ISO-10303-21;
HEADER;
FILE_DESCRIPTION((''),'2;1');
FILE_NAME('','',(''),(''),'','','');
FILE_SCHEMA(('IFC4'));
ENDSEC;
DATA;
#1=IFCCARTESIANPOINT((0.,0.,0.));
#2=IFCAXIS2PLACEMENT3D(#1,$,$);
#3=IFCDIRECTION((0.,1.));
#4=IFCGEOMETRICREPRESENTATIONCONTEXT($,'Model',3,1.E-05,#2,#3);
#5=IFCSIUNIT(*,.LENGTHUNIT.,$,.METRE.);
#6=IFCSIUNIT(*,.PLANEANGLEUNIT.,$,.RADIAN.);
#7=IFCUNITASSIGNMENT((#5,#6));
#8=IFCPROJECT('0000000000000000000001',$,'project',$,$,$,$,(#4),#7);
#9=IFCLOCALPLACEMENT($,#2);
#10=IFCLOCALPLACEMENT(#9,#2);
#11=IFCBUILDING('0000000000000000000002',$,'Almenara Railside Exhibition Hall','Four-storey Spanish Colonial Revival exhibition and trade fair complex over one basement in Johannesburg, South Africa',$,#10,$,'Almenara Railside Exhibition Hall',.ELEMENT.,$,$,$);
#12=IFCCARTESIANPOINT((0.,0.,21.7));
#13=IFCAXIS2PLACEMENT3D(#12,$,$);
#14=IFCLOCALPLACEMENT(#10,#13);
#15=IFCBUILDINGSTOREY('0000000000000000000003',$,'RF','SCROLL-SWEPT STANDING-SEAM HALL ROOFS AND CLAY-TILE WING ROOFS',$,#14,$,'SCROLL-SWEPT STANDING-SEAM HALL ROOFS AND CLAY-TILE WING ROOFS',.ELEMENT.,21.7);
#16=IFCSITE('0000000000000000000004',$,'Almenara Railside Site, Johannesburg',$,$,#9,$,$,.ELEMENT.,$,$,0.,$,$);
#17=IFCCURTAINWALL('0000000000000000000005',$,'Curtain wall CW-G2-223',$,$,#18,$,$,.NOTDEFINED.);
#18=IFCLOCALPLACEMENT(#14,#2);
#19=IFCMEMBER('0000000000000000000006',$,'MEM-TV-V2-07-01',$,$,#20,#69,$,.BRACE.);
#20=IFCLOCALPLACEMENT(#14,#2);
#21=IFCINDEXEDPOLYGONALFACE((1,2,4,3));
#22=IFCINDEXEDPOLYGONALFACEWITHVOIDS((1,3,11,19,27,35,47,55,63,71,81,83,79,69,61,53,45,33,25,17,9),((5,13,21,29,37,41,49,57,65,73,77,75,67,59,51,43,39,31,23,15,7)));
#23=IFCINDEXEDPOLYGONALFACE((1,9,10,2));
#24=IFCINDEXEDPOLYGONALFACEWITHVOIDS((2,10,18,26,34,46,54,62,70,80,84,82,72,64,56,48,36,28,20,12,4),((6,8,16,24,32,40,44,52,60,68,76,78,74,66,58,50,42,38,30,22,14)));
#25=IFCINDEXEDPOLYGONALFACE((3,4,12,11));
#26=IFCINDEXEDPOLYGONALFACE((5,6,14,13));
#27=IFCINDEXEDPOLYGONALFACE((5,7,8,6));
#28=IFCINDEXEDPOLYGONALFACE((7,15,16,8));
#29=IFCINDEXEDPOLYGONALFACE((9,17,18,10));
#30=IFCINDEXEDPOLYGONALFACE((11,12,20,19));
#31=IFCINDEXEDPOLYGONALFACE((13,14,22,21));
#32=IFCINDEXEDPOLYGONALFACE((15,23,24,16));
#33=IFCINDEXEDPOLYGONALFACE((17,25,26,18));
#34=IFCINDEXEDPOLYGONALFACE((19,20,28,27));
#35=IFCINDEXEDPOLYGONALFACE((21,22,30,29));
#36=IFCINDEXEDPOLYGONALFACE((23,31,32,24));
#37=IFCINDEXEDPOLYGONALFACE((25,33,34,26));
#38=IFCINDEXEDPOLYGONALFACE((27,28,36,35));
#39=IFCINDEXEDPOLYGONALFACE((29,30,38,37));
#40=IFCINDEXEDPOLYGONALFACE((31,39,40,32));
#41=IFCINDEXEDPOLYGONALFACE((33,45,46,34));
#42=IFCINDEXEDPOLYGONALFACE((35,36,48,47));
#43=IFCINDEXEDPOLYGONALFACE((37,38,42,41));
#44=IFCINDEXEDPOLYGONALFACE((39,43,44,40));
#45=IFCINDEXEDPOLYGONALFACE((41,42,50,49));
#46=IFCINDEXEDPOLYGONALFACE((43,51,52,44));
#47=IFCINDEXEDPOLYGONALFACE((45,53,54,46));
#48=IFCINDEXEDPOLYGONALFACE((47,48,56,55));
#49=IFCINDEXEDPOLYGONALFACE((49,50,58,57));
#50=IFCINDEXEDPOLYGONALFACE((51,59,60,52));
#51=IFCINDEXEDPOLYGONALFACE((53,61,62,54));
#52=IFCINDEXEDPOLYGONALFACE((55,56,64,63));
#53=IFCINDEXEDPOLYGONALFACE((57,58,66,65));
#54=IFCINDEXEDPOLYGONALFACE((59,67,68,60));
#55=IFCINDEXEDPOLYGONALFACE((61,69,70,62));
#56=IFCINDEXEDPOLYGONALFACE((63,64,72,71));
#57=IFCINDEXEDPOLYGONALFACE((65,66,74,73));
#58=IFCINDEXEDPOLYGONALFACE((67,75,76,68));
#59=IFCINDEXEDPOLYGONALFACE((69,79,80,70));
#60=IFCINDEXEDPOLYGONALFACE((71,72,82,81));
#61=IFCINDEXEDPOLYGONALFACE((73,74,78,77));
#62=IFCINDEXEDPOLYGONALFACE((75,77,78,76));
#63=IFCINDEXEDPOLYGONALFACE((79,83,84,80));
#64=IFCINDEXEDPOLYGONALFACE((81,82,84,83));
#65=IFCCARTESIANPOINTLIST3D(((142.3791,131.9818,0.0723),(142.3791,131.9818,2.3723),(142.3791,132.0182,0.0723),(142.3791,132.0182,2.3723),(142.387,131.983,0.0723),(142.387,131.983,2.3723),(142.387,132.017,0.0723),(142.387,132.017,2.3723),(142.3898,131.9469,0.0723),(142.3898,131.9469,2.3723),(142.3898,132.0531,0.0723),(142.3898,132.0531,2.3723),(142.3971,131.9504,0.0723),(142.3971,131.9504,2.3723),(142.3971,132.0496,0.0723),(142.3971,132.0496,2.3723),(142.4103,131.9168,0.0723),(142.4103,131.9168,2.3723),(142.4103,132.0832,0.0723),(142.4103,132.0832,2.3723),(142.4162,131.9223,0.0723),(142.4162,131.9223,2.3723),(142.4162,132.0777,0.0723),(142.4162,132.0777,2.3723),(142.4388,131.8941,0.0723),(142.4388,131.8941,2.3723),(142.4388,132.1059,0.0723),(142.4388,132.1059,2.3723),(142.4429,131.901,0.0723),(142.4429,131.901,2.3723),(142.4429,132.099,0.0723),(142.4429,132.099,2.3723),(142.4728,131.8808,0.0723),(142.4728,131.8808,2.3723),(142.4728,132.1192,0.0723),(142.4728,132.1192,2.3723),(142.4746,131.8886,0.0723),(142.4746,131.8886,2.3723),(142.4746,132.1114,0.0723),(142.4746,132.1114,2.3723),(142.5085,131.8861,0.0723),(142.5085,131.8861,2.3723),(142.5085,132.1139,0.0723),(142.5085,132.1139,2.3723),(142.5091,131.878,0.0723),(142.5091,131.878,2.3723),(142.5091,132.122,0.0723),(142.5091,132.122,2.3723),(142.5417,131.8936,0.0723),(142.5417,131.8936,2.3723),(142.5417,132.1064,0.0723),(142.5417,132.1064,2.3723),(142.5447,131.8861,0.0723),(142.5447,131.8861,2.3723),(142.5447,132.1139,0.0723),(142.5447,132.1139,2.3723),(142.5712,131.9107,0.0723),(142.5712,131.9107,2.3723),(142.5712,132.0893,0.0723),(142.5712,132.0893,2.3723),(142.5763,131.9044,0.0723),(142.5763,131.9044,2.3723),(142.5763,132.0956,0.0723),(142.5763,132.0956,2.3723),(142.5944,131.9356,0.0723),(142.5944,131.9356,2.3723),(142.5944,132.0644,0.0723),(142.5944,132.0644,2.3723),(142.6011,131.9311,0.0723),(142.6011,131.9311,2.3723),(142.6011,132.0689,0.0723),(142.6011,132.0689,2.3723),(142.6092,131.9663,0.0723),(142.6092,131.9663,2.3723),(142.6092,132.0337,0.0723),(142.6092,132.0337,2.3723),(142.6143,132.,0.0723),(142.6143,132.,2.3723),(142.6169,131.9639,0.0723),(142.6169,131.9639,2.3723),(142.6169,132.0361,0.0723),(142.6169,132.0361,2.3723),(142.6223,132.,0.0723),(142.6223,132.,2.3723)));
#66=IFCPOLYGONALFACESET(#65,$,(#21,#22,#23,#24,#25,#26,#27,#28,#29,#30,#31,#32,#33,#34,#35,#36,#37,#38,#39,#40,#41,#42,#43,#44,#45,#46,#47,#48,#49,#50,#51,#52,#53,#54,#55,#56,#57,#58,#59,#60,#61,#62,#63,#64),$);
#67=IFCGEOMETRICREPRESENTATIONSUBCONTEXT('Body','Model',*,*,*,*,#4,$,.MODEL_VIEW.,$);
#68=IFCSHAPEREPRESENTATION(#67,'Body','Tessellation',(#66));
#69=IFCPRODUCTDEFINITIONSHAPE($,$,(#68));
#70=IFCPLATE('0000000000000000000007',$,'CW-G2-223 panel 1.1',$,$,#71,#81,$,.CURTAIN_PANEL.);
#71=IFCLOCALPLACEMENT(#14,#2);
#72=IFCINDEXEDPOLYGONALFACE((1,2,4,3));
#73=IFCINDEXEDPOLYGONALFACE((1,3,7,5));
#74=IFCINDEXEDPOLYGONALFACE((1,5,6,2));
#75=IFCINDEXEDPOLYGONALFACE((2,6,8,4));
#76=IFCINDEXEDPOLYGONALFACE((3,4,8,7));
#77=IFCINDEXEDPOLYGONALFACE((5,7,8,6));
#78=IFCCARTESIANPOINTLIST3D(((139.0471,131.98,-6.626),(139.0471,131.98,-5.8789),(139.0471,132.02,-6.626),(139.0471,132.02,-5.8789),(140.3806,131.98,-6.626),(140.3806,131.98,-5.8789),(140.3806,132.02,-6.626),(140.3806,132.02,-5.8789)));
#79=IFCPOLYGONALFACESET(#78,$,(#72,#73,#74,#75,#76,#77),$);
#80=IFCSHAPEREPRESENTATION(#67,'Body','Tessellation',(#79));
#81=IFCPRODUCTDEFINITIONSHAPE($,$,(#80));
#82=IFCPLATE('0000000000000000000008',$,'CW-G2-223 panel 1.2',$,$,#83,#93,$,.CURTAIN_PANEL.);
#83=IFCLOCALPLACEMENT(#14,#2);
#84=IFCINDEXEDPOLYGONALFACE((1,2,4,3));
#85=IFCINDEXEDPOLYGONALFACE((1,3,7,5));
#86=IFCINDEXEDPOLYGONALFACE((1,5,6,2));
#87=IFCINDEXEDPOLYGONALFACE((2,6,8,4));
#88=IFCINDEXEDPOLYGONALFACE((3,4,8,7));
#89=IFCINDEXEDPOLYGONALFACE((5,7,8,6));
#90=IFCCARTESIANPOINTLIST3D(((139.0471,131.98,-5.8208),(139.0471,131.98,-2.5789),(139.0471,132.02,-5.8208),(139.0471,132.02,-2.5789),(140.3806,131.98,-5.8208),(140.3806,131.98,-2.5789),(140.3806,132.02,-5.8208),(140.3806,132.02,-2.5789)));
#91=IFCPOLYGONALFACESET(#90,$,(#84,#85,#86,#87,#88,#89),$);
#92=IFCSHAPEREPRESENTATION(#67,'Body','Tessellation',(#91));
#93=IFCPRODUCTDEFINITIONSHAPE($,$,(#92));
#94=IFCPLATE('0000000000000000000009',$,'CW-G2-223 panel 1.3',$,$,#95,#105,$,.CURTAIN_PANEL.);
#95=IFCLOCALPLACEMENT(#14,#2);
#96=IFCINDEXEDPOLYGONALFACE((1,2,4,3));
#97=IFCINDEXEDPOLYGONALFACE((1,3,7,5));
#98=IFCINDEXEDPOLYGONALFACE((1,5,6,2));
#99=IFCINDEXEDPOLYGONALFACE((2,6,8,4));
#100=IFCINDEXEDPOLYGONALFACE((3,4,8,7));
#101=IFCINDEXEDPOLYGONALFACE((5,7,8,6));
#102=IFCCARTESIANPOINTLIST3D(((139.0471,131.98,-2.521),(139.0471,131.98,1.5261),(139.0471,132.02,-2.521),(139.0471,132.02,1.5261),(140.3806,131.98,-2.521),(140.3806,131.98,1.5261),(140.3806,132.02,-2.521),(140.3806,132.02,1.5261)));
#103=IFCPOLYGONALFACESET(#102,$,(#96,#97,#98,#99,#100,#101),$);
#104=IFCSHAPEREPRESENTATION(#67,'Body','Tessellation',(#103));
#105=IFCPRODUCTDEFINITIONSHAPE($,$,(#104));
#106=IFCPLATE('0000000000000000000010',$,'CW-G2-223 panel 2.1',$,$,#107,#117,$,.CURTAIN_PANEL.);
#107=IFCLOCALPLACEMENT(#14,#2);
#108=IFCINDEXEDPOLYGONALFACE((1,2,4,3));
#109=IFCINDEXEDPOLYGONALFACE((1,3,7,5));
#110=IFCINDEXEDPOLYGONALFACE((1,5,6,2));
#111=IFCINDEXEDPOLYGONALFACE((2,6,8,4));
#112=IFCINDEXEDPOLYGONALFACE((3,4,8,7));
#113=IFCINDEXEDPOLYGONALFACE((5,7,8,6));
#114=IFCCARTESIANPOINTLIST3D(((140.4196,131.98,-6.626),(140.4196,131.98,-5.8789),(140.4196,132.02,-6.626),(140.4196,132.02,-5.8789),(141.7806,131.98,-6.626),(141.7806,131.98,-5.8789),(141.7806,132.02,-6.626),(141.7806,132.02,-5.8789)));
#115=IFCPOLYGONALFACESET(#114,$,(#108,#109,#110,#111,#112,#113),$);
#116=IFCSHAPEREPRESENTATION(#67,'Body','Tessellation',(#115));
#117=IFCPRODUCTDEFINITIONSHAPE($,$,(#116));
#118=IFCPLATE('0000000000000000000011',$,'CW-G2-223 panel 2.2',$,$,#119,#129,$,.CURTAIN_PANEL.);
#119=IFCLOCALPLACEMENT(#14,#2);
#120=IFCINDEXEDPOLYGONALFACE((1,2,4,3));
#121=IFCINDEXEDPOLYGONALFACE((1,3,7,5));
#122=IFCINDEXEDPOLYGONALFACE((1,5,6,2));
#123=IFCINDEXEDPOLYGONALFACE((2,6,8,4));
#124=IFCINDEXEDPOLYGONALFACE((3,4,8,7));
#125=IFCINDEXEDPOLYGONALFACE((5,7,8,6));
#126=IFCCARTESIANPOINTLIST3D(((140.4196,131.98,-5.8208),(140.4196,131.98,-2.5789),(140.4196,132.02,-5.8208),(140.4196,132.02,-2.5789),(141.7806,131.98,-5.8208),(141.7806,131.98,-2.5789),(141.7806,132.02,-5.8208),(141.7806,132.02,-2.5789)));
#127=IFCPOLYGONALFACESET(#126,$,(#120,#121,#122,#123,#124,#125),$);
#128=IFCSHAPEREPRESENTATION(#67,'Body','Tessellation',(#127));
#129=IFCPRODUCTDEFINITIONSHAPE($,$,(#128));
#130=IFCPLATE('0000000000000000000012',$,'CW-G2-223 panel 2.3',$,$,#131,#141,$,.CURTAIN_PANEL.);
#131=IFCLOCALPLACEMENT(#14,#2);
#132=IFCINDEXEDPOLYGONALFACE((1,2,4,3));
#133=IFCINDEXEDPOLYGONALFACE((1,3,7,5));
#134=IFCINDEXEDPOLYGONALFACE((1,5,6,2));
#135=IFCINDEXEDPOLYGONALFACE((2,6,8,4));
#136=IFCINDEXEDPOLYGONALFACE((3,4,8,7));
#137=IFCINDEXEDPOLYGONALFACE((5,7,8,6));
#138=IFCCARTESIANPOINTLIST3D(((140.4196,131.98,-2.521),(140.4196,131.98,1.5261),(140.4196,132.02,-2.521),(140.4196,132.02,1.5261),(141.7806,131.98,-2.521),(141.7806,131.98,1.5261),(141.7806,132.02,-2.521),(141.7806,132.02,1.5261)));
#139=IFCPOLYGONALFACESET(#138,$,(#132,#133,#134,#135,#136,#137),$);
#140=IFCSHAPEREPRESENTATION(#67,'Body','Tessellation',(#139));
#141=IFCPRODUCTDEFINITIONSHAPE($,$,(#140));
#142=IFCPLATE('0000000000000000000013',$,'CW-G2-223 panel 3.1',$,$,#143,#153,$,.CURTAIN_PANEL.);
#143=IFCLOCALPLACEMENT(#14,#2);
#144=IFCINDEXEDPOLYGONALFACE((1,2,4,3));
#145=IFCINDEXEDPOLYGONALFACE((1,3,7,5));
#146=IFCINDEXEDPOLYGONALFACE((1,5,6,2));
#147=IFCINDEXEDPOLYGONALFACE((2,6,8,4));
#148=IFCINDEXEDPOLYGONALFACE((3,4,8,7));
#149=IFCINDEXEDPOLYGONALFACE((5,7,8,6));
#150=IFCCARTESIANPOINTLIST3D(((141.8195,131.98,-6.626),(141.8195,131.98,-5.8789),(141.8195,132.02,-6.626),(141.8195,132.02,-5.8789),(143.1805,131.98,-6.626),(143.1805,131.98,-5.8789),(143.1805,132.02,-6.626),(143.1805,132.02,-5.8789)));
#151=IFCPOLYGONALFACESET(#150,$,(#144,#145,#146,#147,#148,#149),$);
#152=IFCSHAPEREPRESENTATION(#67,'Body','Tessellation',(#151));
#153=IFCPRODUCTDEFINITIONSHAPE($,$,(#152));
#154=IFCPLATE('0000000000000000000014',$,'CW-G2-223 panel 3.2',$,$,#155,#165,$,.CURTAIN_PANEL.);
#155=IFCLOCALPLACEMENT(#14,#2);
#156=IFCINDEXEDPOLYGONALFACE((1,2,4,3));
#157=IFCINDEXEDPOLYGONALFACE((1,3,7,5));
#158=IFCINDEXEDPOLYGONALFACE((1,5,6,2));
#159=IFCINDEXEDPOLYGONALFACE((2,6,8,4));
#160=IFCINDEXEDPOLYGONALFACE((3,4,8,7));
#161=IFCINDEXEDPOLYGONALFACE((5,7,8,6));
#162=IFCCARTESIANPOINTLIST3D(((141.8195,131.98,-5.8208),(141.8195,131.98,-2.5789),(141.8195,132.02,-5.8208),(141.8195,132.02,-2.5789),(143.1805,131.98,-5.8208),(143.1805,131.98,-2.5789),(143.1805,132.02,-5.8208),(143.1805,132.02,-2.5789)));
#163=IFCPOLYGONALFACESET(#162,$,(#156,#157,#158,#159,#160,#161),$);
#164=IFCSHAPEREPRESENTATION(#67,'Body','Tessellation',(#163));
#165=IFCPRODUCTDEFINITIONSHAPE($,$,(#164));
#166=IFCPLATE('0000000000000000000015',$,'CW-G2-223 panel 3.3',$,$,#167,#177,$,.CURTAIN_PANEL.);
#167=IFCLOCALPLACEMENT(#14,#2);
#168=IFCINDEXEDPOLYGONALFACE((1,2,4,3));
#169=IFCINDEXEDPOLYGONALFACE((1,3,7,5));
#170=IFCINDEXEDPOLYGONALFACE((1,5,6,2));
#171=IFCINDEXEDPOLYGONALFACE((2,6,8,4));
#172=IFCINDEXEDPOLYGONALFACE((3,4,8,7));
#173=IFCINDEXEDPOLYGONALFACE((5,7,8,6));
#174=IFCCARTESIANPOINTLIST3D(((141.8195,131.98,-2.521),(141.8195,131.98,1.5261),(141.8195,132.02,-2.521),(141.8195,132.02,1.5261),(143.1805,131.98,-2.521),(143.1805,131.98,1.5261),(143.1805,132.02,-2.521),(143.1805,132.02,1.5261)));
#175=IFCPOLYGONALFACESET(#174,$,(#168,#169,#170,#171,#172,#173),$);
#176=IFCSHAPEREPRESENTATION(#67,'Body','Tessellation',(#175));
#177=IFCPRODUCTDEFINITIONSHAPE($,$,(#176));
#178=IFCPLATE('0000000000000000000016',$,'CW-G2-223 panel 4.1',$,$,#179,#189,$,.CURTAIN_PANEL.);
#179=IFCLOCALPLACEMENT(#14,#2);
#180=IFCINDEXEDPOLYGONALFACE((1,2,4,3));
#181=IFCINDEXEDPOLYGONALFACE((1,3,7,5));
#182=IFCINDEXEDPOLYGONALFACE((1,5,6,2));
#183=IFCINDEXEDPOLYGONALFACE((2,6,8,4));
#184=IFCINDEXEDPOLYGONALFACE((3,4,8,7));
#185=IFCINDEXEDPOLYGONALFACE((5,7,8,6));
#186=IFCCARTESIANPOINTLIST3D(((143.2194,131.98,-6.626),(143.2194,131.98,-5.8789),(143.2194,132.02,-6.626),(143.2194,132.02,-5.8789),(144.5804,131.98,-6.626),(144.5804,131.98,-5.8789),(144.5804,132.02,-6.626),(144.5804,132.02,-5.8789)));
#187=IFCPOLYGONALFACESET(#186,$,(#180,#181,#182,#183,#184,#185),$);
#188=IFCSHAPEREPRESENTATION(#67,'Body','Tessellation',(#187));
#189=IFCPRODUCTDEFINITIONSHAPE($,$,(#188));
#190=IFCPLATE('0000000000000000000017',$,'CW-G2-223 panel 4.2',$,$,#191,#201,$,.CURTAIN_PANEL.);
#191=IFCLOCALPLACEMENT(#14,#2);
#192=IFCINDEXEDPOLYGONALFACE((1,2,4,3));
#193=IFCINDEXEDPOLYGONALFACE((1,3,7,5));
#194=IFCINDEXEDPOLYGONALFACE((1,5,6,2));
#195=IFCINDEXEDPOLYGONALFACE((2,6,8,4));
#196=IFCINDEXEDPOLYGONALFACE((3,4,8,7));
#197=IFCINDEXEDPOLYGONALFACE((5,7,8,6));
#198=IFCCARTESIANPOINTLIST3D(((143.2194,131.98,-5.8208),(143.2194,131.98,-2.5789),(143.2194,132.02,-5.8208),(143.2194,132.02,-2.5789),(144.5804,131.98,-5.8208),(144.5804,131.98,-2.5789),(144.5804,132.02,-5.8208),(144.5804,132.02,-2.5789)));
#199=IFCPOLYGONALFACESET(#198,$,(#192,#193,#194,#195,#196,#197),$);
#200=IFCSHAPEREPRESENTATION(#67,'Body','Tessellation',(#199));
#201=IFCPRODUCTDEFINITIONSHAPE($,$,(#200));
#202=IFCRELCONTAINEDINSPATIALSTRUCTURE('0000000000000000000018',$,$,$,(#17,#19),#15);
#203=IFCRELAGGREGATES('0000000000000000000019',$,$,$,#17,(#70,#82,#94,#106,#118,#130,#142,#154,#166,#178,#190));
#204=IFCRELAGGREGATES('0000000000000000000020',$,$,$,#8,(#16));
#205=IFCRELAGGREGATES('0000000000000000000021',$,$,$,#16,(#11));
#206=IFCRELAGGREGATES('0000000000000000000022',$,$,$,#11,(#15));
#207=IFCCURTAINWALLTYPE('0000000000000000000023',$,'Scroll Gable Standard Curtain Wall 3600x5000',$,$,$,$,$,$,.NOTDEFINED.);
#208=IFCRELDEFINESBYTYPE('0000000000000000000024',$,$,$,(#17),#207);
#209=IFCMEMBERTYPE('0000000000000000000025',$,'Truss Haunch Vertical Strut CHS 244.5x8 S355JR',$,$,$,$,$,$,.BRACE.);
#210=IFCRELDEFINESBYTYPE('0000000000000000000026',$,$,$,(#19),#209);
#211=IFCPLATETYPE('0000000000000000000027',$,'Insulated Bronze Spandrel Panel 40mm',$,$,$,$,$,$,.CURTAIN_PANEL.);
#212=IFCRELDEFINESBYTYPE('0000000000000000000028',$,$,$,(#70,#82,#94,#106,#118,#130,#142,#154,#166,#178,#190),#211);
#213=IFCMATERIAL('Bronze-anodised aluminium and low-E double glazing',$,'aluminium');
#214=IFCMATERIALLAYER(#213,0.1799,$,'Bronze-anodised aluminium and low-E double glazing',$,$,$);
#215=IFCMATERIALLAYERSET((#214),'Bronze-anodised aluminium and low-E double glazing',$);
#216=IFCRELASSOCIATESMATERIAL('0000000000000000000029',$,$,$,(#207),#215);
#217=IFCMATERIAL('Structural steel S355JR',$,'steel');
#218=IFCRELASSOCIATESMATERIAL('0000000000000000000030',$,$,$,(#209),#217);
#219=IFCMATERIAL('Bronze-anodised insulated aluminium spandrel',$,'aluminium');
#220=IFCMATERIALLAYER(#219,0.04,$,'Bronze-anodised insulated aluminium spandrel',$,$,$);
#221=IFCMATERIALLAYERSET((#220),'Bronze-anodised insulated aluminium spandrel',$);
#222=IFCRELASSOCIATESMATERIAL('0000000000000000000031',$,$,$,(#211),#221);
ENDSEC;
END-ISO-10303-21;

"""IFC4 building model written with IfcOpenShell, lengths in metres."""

from ifc_helpers import new_model, si_unit, direction, frame, origin, origin_2d, place, context, subcontext, project, spatial, rectangle, hollow_circle, extrude, material, layer, layer_set, material_profile, profile_set, type_object, element, aggregate, save


model = new_model("IFC4")

# Units and contexts
model_context = context("Model", 3, precision=1e-05, world=origin(), true_north=direction((0.0, 1.0)))
body_context = subcontext(model_context, "Body", "Model", "MODEL_VIEW")
ifc_project = project(units=[si_unit("LENGTHUNIT", "METRE"), si_unit("PLANEANGLEUNIT", "RADIAN")], contexts=[model_context])

# Site, building, storey
site_placement = place(None, origin())
site = spatial("IfcSite", under=ifc_project, at=site_placement, Name="Almenara Railside Site, Johannesburg", CompositionType="ELEMENT", RefElevation=0.0)
building_placement = place(site_placement, origin())
building = spatial("IfcBuilding", under=site, at=building_placement, Name="Almenara Railside Exhibition Hall", Description="Four-storey Spanish Colonial Revival exhibition and trade fair complex over one basement in Johannesburg, South Africa", LongName="Almenara Railside Exhibition Hall", CompositionType="ELEMENT")
storey_placement = place(building_placement, frame((0.0, 0.0, 21.7)))
storey = spatial("IfcBuildingStorey", under=building, at=storey_placement, Name="RF", Description="SCROLL-SWEPT STANDING-SEAM HALL ROOFS AND CLAY-TILE WING ROOFS", LongName="SCROLL-SWEPT STANDING-SEAM HALL ROOFS AND CLAY-TILE WING ROOFS", CompositionType="ELEMENT", Elevation=21.7)

# Shared definitions
ifc_material_1 = material(Name="Structural steel S355JR", Category="steel")

# Curtain wall
ifc_material_2 = material(Name="Bronze-anodised aluminium and low-E double glazing", Category="aluminium")
ifc_layer_1 = layer(ifc_material_2, 0.1799, Name="Bronze-anodised aluminium and low-E double glazing")
ifc_layer_set_1 = layer_set([ifc_layer_1], Name="Bronze-anodised aluminium and low-E double glazing")
curtain_wall_type = type_object("IfcCurtainWallType", Name="Scroll Gable Standard Curtain Wall 3600x5000", PredefinedType="NOTDEFINED", material=ifc_layer_set_1)
curtain_wall_placement = place(storey_placement, origin())
curtain_wall = element("IfcCurtainWall", 1, at=curtain_wall_placement, inside=storey, type_object=curtain_wall_type, Name="Curtain wall CW-G2-223", PredefinedType="NOTDEFINED")

# Member
ifc_material_profile_1 = material_profile(ifc_material_1, hollow_circle(Radius=0.1223, WallThickness=0.0081, at=origin_2d()), Name="CHS 244.5x8")
ifc_profile_set_1 = profile_set([ifc_material_profile_1], Name="Structural steel S355JR")
member_type_1 = type_object("IfcMemberType", Name="Truss Haunch Vertical Strut CHS 244.5x8 S355JR", PredefinedType="BRACE", material=ifc_profile_set_1)
member_1_placement = place(storey_placement, frame((142.5, 132.0, 0.0723), z_axis=(0.0, 0.0, 1.0), x_axis=(1.0, 0.0, 0.0)))
element("IfcMember", 2, at=member_1_placement, inside=storey, type_object=member_type_1, Name="MEM-TV-V2-07-01", PredefinedType="BRACE", context=body_context, shape_type="SweptSolid", body=[
    extrude(hollow_circle(Radius=0.1223, WallThickness=0.0081, at=origin_2d()), origin(), (0.0, 0.0, 1.0), 2.3),
])

# Plates
ifc_material_3 = material(Name="Bronze-anodised insulated aluminium spandrel", Category="aluminium")
ifc_layer_2 = layer(ifc_material_3, 0.04, Name="Bronze-anodised insulated aluminium spandrel")
ifc_layer_set_2 = layer_set([ifc_layer_2], Name="Bronze-anodised insulated aluminium spandrel")
plate_type = type_object("IfcPlateType", Name="Insulated Bronze Spandrel Panel 40mm", PredefinedType="CURTAIN_PANEL", material=ifc_layer_set_2)
plate_1_placement = place(storey_placement, frame((139.7139, 132.0, -6.626), z_axis=(0.0, 0.0, 1.0), x_axis=(1.0, 0.0, 0.0)))
plate_1 = element("IfcPlate", 3, at=plate_1_placement, type_object=plate_type, Name="CW-G2-223 panel 1.1", PredefinedType="CURTAIN_PANEL", context=body_context, shape_type="SweptSolid", body=[
    extrude(rectangle(XDim=1.3335, YDim=0.04, at=origin_2d()), origin(), (0.0, 0.0, 1.0), 0.7471),
])
plate_2_placement = place(storey_placement, frame((139.7139, 132.0, -5.8208), z_axis=(0.0, 0.0, 1.0), x_axis=(1.0, 0.0, 0.0)))
plate_2 = element("IfcPlate", 4, at=plate_2_placement, type_object=plate_type, Name="CW-G2-223 panel 1.2", PredefinedType="CURTAIN_PANEL", context=body_context, shape_type="SweptSolid", body=[
    extrude(rectangle(XDim=1.3335, YDim=0.04, at=origin_2d()), origin(), (0.0, 0.0, 1.0), 3.2419),
])
plate_3_placement = place(storey_placement, frame((139.7139, 132.0, -2.521), z_axis=(0.0, 0.0, 1.0), x_axis=(1.0, 0.0, 0.0)))
plate_3 = element("IfcPlate", 5, at=plate_3_placement, type_object=plate_type, Name="CW-G2-223 panel 1.3", PredefinedType="CURTAIN_PANEL", context=body_context, shape_type="SweptSolid", body=[
    extrude(rectangle(XDim=1.3335, YDim=0.04, at=origin_2d()), origin(), (0.0, 0.0, 1.0), 4.0471),
])
plate_4_placement = place(storey_placement, frame((141.1001, 132.0, -6.626), z_axis=(0.0, 0.0, 1.0), x_axis=(1.0, 0.0, 0.0)))
plate_4 = element("IfcPlate", 6, at=plate_4_placement, type_object=plate_type, Name="CW-G2-223 panel 2.1", PredefinedType="CURTAIN_PANEL", context=body_context, shape_type="SweptSolid", body=[
    extrude(rectangle(XDim=1.3611, YDim=0.04, at=origin_2d()), origin(), (0.0, 0.0, 1.0), 0.7471),
])
plate_5_placement = place(storey_placement, frame((141.1001, 132.0, -5.8208), z_axis=(0.0, 0.0, 1.0), x_axis=(1.0, 0.0, 0.0)))
plate_5 = element("IfcPlate", 7, at=plate_5_placement, type_object=plate_type, Name="CW-G2-223 panel 2.2", PredefinedType="CURTAIN_PANEL", context=body_context, shape_type="SweptSolid", body=[
    extrude(rectangle(XDim=1.3611, YDim=0.04, at=origin_2d()), origin(), (0.0, 0.0, 1.0), 3.2419),
])
plate_6_placement = place(storey_placement, frame((141.1001, 132.0, -2.521), z_axis=(0.0, 0.0, 1.0), x_axis=(1.0, 0.0, 0.0)))
plate_6 = element("IfcPlate", 8, at=plate_6_placement, type_object=plate_type, Name="CW-G2-223 panel 2.3", PredefinedType="CURTAIN_PANEL", context=body_context, shape_type="SweptSolid", body=[
    extrude(rectangle(XDim=1.3611, YDim=0.04, at=origin_2d()), origin(), (0.0, 0.0, 1.0), 4.0471),
])
plate_7_placement = place(storey_placement, frame((142.5, 132.0, -6.626), z_axis=(0.0, 0.0, 1.0), x_axis=(1.0, 0.0, 0.0)))
plate_7 = element("IfcPlate", 9, at=plate_7_placement, type_object=plate_type, Name="CW-G2-223 panel 3.1", PredefinedType="CURTAIN_PANEL", context=body_context, shape_type="SweptSolid", body=[
    extrude(rectangle(XDim=1.3611, YDim=0.04, at=origin_2d()), origin(), (0.0, 0.0, 1.0), 0.7471),
])
plate_8_placement = place(storey_placement, frame((142.5, 132.0, -5.8208), z_axis=(0.0, 0.0, 1.0), x_axis=(1.0, 0.0, 0.0)))
plate_8 = element("IfcPlate", 10, at=plate_8_placement, type_object=plate_type, Name="CW-G2-223 panel 3.2", PredefinedType="CURTAIN_PANEL", context=body_context, shape_type="SweptSolid", body=[
    extrude(rectangle(XDim=1.3611, YDim=0.04, at=origin_2d()), origin(), (0.0, 0.0, 1.0), 3.2419),
])
plate_9_placement = place(storey_placement, frame((142.5, 132.0, -2.521), z_axis=(0.0, 0.0, 1.0), x_axis=(1.0, 0.0, 0.0)))
plate_9 = element("IfcPlate", 11, at=plate_9_placement, type_object=plate_type, Name="CW-G2-223 panel 3.3", PredefinedType="CURTAIN_PANEL", context=body_context, shape_type="SweptSolid", body=[
    extrude(rectangle(XDim=1.3611, YDim=0.04, at=origin_2d()), origin(), (0.0, 0.0, 1.0), 4.0471),
])
plate_10_placement = place(storey_placement, frame((143.8999, 132.0, -6.626), z_axis=(0.0, 0.0, 1.0), x_axis=(1.0, 0.0, 0.0)))
plate_10 = element("IfcPlate", 12, at=plate_10_placement, type_object=plate_type, Name="CW-G2-223 panel 4.1", PredefinedType="CURTAIN_PANEL", context=body_context, shape_type="SweptSolid", body=[
    extrude(rectangle(XDim=1.3611, YDim=0.04, at=origin_2d()), origin(), (0.0, 0.0, 1.0), 0.7471),
])
plate_11_placement = place(storey_placement, frame((143.8999, 132.0, -5.8208), z_axis=(0.0, 0.0, 1.0), x_axis=(1.0, 0.0, 0.0)))
plate_11 = element("IfcPlate", 13, at=plate_11_placement, type_object=plate_type, Name="CW-G2-223 panel 4.2", PredefinedType="CURTAIN_PANEL", context=body_context, shape_type="SweptSolid", body=[
    extrude(rectangle(XDim=1.3611, YDim=0.04, at=origin_2d()), origin(), (0.0, 0.0, 1.0), 3.2419),
])
aggregate(curtain_wall, [plate_1, plate_2, plate_3, plate_4, plate_5, plate_6, plate_7, plate_8, plate_9, plate_10, plate_11])

save(model, "model.ifc")
